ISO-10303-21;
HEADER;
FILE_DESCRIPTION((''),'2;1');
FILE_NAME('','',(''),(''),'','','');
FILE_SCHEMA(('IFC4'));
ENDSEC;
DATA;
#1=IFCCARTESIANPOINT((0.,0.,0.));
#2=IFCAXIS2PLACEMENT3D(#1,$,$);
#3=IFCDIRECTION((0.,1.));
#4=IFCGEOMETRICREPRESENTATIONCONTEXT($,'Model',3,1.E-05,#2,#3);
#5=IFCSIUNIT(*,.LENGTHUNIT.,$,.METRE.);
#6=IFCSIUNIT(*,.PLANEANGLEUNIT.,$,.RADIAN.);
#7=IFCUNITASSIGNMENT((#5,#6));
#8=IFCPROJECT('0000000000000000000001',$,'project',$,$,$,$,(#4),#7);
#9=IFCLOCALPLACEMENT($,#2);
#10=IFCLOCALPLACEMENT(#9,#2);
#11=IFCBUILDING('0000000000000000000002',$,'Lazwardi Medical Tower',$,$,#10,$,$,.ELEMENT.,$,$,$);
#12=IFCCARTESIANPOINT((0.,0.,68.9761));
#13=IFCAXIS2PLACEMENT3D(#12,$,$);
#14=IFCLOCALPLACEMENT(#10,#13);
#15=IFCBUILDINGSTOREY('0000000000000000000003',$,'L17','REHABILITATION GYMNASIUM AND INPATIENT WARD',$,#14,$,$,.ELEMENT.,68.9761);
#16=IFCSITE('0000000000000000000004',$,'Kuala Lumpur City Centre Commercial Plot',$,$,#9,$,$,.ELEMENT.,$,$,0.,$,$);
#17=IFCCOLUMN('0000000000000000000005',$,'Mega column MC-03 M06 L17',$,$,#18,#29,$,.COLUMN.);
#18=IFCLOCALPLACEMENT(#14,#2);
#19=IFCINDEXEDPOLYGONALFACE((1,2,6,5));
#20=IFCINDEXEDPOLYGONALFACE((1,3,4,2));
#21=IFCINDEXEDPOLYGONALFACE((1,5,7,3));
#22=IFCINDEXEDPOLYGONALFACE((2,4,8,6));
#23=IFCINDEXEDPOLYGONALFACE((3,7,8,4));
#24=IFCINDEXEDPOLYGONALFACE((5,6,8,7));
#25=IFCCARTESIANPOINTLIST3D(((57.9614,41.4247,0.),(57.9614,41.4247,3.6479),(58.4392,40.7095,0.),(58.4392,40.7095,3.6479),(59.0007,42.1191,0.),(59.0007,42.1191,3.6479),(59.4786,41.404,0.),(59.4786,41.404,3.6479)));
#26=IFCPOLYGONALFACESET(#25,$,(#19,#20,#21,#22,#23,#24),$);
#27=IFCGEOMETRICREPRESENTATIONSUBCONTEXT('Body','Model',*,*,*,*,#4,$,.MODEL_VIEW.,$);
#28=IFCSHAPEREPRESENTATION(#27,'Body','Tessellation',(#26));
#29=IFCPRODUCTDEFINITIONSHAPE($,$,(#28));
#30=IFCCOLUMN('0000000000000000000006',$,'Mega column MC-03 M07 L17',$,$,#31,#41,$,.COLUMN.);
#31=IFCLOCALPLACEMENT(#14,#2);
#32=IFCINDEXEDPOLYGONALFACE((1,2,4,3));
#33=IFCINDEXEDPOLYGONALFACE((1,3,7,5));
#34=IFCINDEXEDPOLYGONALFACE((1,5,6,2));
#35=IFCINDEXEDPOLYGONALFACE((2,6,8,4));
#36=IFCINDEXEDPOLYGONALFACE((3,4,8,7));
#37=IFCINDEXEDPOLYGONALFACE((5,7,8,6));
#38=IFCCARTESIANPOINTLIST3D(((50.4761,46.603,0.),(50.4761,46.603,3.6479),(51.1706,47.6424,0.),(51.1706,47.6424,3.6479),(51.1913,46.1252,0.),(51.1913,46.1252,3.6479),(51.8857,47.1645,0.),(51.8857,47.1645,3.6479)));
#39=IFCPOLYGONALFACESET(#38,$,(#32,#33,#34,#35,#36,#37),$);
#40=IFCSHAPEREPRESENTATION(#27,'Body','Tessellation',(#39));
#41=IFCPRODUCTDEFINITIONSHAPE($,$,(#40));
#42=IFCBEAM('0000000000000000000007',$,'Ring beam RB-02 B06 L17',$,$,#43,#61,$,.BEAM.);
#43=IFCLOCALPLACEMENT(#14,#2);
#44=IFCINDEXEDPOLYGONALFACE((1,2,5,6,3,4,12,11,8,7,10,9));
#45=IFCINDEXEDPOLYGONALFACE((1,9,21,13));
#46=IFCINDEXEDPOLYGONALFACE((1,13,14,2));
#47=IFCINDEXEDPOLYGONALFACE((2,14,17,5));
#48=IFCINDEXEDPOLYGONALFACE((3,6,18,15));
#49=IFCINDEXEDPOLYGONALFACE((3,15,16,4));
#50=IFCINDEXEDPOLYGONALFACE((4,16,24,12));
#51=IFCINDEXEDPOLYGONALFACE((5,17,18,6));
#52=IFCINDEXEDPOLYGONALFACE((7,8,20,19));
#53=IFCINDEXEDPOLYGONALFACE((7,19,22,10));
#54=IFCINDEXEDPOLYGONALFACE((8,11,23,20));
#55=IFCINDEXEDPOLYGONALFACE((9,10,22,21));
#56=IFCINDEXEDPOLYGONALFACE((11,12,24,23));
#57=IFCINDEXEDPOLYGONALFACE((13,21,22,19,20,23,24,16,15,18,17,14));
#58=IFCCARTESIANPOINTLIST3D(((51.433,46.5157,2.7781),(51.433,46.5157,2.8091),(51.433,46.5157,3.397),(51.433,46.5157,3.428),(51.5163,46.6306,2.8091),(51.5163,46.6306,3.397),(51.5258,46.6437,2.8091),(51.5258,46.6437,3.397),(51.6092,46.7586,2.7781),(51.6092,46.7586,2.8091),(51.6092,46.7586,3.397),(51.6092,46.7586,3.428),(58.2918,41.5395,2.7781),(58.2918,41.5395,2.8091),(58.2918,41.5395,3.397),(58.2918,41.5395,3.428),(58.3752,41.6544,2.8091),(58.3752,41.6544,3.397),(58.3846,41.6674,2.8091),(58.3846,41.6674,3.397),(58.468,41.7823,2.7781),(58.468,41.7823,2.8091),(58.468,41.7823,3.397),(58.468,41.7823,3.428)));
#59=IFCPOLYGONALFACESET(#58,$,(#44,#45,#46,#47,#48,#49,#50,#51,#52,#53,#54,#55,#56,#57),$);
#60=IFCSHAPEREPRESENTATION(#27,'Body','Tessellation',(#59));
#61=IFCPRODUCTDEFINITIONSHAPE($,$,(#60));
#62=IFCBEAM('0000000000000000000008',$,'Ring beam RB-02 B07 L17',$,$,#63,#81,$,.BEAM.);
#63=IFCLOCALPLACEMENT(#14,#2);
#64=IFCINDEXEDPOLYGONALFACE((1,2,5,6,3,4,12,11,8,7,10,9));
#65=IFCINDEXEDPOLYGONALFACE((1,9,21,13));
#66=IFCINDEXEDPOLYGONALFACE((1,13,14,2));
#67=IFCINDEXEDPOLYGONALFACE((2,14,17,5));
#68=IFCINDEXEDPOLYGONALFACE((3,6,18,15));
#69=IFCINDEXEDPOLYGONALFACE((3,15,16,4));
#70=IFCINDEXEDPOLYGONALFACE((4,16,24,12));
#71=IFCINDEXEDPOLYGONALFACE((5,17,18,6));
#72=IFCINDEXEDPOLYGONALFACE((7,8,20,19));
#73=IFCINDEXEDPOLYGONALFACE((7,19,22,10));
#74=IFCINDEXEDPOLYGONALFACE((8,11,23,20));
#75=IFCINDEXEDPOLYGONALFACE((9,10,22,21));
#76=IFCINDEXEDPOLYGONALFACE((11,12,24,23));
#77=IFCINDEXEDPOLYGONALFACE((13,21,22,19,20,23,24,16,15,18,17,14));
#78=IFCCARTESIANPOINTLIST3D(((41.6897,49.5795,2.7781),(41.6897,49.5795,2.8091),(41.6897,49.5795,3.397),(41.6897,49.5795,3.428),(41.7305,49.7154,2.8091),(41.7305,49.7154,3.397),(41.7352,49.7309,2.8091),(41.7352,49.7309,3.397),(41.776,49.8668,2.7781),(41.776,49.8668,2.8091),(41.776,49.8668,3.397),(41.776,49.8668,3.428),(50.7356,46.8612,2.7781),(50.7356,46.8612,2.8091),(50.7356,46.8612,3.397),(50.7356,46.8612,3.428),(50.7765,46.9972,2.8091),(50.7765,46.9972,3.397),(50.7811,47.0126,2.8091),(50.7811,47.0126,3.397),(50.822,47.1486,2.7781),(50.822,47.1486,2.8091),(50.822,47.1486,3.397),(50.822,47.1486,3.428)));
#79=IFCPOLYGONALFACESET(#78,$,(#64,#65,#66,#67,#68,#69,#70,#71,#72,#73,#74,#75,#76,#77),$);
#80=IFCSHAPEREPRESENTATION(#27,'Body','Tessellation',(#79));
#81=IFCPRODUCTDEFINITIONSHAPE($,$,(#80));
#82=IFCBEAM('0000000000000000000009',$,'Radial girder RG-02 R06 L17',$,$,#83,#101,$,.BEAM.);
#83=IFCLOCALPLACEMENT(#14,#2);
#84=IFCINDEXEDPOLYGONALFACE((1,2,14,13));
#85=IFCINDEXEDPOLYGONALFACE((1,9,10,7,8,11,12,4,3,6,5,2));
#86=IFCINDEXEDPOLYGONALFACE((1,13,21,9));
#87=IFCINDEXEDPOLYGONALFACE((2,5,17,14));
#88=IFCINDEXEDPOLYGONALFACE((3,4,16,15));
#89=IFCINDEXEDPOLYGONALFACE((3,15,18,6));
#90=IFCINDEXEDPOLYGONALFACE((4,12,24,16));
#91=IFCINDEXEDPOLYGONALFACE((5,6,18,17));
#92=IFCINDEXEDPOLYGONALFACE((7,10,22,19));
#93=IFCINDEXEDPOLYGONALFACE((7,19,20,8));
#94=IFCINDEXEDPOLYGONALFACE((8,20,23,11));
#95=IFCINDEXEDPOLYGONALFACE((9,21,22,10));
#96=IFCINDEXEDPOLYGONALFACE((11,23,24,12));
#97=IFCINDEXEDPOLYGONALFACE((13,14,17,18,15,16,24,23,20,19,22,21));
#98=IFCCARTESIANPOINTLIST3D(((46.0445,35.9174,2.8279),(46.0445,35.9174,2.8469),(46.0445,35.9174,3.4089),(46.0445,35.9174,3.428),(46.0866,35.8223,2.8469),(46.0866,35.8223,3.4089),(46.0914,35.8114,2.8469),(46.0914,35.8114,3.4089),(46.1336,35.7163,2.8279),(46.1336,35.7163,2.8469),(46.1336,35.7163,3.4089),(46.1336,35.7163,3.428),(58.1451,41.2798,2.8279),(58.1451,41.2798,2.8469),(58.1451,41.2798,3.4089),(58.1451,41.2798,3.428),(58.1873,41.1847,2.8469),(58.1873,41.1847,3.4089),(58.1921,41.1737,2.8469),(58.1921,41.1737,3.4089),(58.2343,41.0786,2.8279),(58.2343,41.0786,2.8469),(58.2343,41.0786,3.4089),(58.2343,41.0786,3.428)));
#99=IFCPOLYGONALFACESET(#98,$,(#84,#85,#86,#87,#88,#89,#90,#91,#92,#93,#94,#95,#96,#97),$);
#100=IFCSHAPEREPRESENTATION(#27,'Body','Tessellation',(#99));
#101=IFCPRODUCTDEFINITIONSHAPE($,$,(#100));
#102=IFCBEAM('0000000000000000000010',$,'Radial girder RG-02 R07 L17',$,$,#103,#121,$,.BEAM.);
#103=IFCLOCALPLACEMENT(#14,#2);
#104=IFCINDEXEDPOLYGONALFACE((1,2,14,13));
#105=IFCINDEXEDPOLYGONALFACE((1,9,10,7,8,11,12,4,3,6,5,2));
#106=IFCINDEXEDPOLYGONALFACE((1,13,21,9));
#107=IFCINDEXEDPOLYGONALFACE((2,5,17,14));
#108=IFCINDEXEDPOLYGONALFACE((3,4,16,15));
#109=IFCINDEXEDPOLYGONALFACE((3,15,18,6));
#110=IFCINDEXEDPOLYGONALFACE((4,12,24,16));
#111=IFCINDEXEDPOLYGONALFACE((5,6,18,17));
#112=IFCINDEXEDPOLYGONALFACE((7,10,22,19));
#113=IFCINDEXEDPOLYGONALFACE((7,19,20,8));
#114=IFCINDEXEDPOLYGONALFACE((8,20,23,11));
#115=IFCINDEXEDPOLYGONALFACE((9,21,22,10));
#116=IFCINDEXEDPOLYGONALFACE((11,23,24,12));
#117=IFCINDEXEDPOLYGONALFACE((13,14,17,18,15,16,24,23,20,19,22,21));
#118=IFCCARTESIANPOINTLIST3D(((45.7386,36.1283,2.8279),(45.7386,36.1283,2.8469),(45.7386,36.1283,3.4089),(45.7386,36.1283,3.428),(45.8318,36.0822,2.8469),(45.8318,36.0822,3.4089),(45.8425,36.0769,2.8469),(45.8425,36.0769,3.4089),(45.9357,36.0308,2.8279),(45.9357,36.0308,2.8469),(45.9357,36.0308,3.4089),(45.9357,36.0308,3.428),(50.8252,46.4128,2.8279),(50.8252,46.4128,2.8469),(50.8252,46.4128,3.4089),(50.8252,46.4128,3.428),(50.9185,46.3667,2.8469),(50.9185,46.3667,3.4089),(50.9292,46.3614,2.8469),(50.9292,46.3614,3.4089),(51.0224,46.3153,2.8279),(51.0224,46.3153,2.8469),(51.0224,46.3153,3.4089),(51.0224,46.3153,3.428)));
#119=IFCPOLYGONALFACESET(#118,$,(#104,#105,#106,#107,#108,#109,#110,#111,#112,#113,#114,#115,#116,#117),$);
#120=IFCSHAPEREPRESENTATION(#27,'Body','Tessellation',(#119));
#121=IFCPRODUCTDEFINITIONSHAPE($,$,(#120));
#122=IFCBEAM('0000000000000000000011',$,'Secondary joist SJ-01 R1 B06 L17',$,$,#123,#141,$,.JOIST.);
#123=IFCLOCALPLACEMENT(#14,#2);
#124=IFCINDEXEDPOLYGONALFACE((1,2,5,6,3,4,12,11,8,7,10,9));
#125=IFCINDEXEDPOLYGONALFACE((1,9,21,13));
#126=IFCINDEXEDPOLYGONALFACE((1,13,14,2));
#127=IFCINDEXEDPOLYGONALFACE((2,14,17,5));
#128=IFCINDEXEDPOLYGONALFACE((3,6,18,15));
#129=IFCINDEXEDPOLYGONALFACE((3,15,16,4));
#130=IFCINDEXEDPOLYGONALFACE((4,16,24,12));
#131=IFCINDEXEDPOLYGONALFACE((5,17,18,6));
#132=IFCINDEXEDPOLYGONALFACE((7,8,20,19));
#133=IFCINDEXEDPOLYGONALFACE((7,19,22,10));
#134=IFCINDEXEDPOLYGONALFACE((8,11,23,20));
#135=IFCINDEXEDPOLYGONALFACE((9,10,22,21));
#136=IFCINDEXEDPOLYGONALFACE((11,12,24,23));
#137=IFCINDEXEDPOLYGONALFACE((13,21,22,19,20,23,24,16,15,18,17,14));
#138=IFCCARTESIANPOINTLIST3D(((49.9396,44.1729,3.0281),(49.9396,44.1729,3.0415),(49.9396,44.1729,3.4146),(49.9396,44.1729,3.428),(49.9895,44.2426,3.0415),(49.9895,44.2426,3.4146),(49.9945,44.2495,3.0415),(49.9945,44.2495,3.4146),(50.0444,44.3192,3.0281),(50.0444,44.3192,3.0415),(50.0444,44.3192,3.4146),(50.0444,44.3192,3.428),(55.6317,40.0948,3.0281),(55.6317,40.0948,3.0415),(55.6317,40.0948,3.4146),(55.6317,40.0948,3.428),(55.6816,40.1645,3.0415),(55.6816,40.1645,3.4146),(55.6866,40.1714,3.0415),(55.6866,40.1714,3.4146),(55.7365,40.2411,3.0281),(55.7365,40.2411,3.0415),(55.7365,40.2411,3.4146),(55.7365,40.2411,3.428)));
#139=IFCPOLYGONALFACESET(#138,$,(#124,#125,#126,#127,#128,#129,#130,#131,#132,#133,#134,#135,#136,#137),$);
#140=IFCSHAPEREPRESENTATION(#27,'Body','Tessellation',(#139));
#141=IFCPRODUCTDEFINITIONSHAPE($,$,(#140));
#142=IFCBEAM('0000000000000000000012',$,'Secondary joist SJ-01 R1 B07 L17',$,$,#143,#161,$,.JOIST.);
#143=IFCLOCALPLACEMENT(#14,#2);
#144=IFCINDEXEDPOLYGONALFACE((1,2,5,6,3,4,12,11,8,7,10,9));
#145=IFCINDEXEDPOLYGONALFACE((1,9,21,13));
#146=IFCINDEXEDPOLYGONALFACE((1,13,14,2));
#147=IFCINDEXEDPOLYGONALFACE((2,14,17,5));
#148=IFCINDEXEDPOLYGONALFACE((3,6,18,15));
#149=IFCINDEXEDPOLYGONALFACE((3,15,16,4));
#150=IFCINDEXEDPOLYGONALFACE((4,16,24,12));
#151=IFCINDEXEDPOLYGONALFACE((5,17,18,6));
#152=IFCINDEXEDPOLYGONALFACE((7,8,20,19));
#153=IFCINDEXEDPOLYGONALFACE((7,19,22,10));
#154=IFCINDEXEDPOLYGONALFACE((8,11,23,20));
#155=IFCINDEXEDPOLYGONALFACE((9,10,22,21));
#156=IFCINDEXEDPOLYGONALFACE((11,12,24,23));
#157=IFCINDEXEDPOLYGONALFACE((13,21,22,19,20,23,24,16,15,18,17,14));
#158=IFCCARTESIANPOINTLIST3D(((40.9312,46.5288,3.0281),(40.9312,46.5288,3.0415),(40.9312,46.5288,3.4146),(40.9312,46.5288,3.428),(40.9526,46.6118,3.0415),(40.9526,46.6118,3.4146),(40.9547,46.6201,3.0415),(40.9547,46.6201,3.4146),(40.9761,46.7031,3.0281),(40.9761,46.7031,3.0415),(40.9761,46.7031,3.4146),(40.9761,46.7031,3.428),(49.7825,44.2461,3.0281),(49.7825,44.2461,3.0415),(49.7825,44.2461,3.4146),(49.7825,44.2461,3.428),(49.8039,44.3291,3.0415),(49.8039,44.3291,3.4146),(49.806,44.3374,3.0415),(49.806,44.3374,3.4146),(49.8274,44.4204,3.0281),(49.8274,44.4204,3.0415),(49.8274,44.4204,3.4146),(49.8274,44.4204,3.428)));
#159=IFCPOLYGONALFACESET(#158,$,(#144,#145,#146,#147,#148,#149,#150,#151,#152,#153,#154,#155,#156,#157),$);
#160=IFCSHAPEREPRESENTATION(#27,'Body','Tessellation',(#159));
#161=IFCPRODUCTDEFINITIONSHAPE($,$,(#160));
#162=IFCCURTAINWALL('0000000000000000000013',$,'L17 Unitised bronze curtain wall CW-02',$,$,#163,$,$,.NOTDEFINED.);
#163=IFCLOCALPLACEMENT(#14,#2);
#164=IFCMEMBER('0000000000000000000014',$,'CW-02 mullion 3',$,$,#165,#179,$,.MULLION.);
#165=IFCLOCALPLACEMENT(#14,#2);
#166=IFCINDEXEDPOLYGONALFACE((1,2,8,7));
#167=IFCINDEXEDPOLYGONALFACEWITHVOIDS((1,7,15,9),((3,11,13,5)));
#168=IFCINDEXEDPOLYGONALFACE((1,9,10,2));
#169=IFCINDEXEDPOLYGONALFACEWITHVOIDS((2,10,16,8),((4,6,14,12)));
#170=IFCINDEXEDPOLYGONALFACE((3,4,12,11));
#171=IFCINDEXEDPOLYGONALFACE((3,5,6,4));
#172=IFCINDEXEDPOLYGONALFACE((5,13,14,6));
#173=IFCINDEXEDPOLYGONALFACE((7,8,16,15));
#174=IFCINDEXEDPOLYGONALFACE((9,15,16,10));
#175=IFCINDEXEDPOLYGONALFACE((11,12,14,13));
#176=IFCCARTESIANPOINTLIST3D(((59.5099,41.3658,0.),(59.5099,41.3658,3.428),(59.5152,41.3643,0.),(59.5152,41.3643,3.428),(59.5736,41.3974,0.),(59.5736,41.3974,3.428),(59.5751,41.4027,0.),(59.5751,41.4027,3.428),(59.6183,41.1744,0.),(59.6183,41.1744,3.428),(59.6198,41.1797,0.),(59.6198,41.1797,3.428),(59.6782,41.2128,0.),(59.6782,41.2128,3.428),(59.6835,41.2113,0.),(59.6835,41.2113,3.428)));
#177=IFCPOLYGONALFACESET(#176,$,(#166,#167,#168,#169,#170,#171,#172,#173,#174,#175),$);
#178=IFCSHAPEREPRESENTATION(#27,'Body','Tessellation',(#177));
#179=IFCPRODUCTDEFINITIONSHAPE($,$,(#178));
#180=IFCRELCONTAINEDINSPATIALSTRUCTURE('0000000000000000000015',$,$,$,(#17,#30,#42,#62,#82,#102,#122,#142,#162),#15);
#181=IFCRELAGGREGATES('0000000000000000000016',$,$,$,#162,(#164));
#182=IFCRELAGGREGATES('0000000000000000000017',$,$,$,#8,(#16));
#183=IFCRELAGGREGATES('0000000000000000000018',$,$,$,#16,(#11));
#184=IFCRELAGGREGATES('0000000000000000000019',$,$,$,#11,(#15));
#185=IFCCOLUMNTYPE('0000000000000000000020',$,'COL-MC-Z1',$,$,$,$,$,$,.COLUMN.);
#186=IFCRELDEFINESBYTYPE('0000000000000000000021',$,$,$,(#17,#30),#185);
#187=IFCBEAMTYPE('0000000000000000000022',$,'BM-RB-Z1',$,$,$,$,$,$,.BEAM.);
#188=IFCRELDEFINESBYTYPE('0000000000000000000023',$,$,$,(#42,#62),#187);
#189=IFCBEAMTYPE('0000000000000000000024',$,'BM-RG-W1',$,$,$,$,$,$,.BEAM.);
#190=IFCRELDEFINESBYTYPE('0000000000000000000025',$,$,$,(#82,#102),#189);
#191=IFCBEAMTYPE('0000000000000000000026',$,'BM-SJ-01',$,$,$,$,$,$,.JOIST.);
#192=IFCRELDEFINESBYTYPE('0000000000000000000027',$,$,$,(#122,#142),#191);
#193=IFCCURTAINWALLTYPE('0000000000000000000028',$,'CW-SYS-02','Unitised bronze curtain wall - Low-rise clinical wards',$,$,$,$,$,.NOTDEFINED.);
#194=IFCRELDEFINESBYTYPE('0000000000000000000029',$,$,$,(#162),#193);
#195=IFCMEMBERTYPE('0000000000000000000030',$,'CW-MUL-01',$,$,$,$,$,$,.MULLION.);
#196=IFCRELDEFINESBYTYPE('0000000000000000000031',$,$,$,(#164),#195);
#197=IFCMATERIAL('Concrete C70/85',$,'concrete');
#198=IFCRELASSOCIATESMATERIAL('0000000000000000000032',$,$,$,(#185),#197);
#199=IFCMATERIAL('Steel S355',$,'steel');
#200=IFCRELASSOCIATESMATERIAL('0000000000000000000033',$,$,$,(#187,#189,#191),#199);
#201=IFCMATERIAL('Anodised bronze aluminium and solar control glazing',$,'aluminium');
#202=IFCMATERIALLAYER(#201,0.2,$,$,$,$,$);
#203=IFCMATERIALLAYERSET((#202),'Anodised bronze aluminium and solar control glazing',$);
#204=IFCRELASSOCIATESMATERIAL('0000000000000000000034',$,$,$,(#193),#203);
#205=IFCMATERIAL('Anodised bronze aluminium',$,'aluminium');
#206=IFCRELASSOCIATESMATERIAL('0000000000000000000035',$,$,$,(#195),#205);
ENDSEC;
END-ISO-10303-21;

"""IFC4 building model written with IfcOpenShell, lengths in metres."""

from ifc_helpers import new_model, si_unit, direction, frame, origin, origin_2d, place, context, subcontext, project, spatial, rectangle, hollow_rectangle, i_section, extrude, material, layer, layer_set, material_profile, profile_set, type_object, element, aggregate, save


model = new_model("IFC4")

# Units and contexts
model_context = context("Model", 3, precision=1e-05, world=origin(), true_north=direction((0.0, 1.0)))
body_context = subcontext(model_context, "Body", "Model", "MODEL_VIEW")
ifc_project = project(units=[si_unit("LENGTHUNIT", "METRE"), si_unit("PLANEANGLEUNIT", "RADIAN")], contexts=[model_context])

# Site, building, storey
site_placement = place(None, origin())
site = spatial("IfcSite", under=ifc_project, at=site_placement, Name="Kuala Lumpur City Centre Commercial Plot", CompositionType="ELEMENT", RefElevation=0.0)
building_placement = place(site_placement, origin())
building = spatial("IfcBuilding", under=site, at=building_placement, Name="Lazwardi Medical Tower", CompositionType="ELEMENT")
storey_placement = place(building_placement, frame((0.0, 0.0, 68.9761)))
storey = spatial("IfcBuildingStorey", under=building, at=storey_placement, Name="L17", Description="REHABILITATION GYMNASIUM AND INPATIENT WARD", CompositionType="ELEMENT", Elevation=68.9761)

# Columns
ifc_material_1 = material(Name="Concrete C70/85", Category="concrete")
ifc_material_profile_1 = material_profile(ifc_material_1, rectangle(XDim=1.25, YDim=0.8601, at=origin_2d()), Name="CFT-RECT 1250x860")
ifc_profile_set_1 = profile_set([ifc_material_profile_1], Name="Concrete C70/85")
column_type = type_object("IfcColumnType", Name="COL-MC-Z1", PredefinedType="COLUMN", material=ifc_profile_set_1)
for number, where, z_axis, x_axis, name in (
    (1, (58.72, 41.4143, 0.0), (0.0, 0.0, 1.0), (0.83147, 0.55557, 0.0), "Mega column MC-03 M06 L17"),
    (2, (51.1809, 46.8838, 0.0), (0.0, 0.0, 1.0), (0.55557, 0.83147, 0.0), "Mega column MC-03 M07 L17"),
):
    element("IfcColumn", number, at=place(storey_placement, frame(where, z_axis=z_axis, x_axis=x_axis)), inside=storey, type_object=column_type, Name=name, PredefinedType="COLUMN", context=body_context, shape_type="SweptSolid", body=[
        extrude(rectangle(XDim=1.25, YDim=0.8601, at=origin_2d()), origin(), (0.0, 0.0, 1.0), 3.6479),
    ])

# Beams
ifc_material_2 = material(Name="Steel S355", Category="steel")
ifc_material_profile_2 = material_profile(ifc_material_2, i_section(OverallWidth=0.3, OverallDepth=0.6499, WebThickness=0.0161, FlangeThickness=0.031, at=origin_2d()), Name="HEB 650")
ifc_profile_set_2 = profile_set([ifc_material_profile_2], Name="Steel S355")
beam_type_1 = type_object("IfcBeamType", Name="BM-RB-Z1", PredefinedType="BEAM", material=ifc_profile_set_2)
beam_1_placement = place(storey_placement, frame((58.3799, 41.6609, 3.103), z_axis=(-0.809407, 0.587248, 0.0), x_axis=(-0.587248, -0.809407, 0.0)))
element("IfcBeam", 3, at=beam_1_placement, inside=storey, type_object=beam_type_1, Name="Ring beam RB-02 B06 L17", PredefinedType="BEAM", context=body_context, shape_type="SweptSolid", body=[
    extrude(i_section(OverallWidth=0.3, OverallDepth=0.6499, WebThickness=0.0161, FlangeThickness=0.031, at=origin_2d()), origin(), (0.0, 0.0, 1.0), 8.4739),
])
beam_2_placement = place(storey_placement, frame((50.7788, 47.0049, 3.103), z_axis=(-0.957695, 0.287784, 0.0), x_axis=(-0.287784, -0.957695, 0.0)))
element("IfcBeam", 4, at=beam_2_placement, inside=storey, type_object=beam_type_1, Name="Ring beam RB-02 B07 L17", PredefinedType="BEAM", context=body_context, shape_type="SweptSolid", body=[
    extrude(i_section(OverallWidth=0.3, OverallDepth=0.6499, WebThickness=0.0161, FlangeThickness=0.031, at=origin_2d()), origin(), (0.0, 0.0, 1.0), 9.4456),
])
ifc_material_profile_3 = material_profile(ifc_material_2, i_section(OverallWidth=0.22, OverallDepth=0.6001, WebThickness=0.012, FlangeThickness=0.019, at=origin_2d()), Name="IPE 600")
ifc_profile_set_3 = profile_set([ifc_material_profile_3], Name="Steel S355")
beam_type_2 = type_object("IfcBeamType", Name="BM-RG-W1", PredefinedType="BEAM", material=ifc_profile_set_3)
beam_3_placement = place(storey_placement, frame((58.1897, 41.1792, 3.1279), z_axis=(-0.914252, -0.405146, 0.0), x_axis=(0.405146, -0.914252, 0.0)))
element("IfcBeam", 5, at=beam_3_placement, inside=storey, type_object=beam_type_2, Name="Radial girder RG-02 R06 L17", PredefinedType="BEAM", context=body_context, shape_type="SweptSolid", body=[
    extrude(i_section(OverallWidth=0.22, OverallDepth=0.6001, WebThickness=0.012, FlangeThickness=0.019, at=origin_2d()), origin(), (0.0, 0.0, 1.0), 13.2356),
])
beam_4_placement = place(storey_placement, frame((50.9238, 46.364, 3.1279), z_axis=(-0.443337, -0.896355, 0.0), x_axis=(0.896355, -0.443337, 0.0)))
element("IfcBeam", 6, at=beam_4_placement, inside=storey, type_object=beam_type_2, Name="Radial girder RG-02 R07 L17", PredefinedType="BEAM", context=body_context, shape_type="SweptSolid", body=[
    extrude(i_section(OverallWidth=0.22, OverallDepth=0.6001, WebThickness=0.012, FlangeThickness=0.019, at=origin_2d()), origin(), (0.0, 0.0, 1.0), 11.4736),
])
ifc_material_profile_4 = material_profile(ifc_material_2, i_section(OverallWidth=0.1799, OverallDepth=0.3999, WebThickness=0.0085, FlangeThickness=0.0134, at=origin_2d()), Name="IPE 400")
ifc_profile_set_4 = profile_set([ifc_material_profile_4], Name="Steel S355")
beam_type_3 = type_object("IfcBeamType", Name="BM-SJ-01", PredefinedType="JOIST", material=ifc_profile_set_4)
beam_5_placement = place(storey_placement, frame((55.6841, 40.168, 3.228), z_axis=(-0.812901, 0.582402, 0.0), x_axis=(-0.582402, -0.812901, 0.0)))
element("IfcBeam", 7, at=beam_5_placement, inside=storey, type_object=beam_type_3, Name="Secondary joist SJ-01 R1 B06 L17", PredefinedType="JOIST", context=body_context, shape_type="SweptSolid", body=[
    extrude(i_section(OverallWidth=0.1799, OverallDepth=0.3999, WebThickness=0.0085, FlangeThickness=0.0134, at=origin_2d()), origin(), (0.0, 0.0, 1.0), 7.0022),
])
beam_6_placement = place(storey_placement, frame((49.8049, 44.3333, 3.228), z_axis=(-0.968317, 0.249725, 0.0), x_axis=(-0.249725, -0.968317, 0.0)))
element("IfcBeam", 8, at=beam_6_placement, inside=storey, type_object=beam_type_3, Name="Secondary joist SJ-01 R1 B07 L17", PredefinedType="JOIST", context=body_context, shape_type="SweptSolid", body=[
    extrude(i_section(OverallWidth=0.1799, OverallDepth=0.3999, WebThickness=0.0085, FlangeThickness=0.0134, at=origin_2d()), origin(), (0.0, 0.0, 1.0), 9.1409),
])

# Curtain wall, member
ifc_material_3 = material(Name="Anodised bronze aluminium and solar control glazing", Category="aluminium")
ifc_layer_1 = layer(ifc_material_3, 0.2)
ifc_layer_set_1 = layer_set([ifc_layer_1], Name="Anodised bronze aluminium and solar control glazing")
curtain_wall_type = type_object("IfcCurtainWallType", Name="CW-SYS-02", Description="Unitised bronze curtain wall - Low-rise clinical wards", PredefinedType="NOTDEFINED", material=ifc_layer_set_1)
curtain_wall_1_placement = place(storey_placement, origin())
curtain_wall_1 = element("IfcCurtainWall", 9, at=curtain_wall_1_placement, inside=storey, type_object=curtain_wall_type, Name="L17 Unitised bronze curtain wall CW-02", PredefinedType="NOTDEFINED")
ifc_material_4 = material(Name="Anodised bronze aluminium", Category="aluminium")
ifc_material_profile_5 = material_profile(ifc_material_4, hollow_rectangle(XDim=0.075, YDim=0.22, WallThickness=0.0039, at=origin_2d()), Name="ALU-MULLION 220x75x4")
ifc_profile_set_5 = profile_set([ifc_material_profile_5], Name="Anodised bronze aluminium")
member_type_1 = type_object("IfcMemberType", Name="CW-MUL-01", PredefinedType="MULLION", material=ifc_profile_set_5)
member_1_placement = place(storey_placement, frame((59.5967, 41.2886, 0.0), z_axis=(0.0, 0.0, 1.0), x_axis=(-0.870112, -0.492854, 0.0)))
member_1 = element("IfcMember", 10, at=member_1_placement, type_object=member_type_1, Name="CW-02 mullion 3", PredefinedType="MULLION", context=body_context, shape_type="SweptSolid", body=[
    extrude(hollow_rectangle(XDim=0.075, YDim=0.22, WallThickness=0.0039, at=origin_2d()), origin(), (0.0, 0.0, 1.0), 3.428),
])

aggregate(curtain_wall_1, [member_1])

save(model, "model.ifc")
